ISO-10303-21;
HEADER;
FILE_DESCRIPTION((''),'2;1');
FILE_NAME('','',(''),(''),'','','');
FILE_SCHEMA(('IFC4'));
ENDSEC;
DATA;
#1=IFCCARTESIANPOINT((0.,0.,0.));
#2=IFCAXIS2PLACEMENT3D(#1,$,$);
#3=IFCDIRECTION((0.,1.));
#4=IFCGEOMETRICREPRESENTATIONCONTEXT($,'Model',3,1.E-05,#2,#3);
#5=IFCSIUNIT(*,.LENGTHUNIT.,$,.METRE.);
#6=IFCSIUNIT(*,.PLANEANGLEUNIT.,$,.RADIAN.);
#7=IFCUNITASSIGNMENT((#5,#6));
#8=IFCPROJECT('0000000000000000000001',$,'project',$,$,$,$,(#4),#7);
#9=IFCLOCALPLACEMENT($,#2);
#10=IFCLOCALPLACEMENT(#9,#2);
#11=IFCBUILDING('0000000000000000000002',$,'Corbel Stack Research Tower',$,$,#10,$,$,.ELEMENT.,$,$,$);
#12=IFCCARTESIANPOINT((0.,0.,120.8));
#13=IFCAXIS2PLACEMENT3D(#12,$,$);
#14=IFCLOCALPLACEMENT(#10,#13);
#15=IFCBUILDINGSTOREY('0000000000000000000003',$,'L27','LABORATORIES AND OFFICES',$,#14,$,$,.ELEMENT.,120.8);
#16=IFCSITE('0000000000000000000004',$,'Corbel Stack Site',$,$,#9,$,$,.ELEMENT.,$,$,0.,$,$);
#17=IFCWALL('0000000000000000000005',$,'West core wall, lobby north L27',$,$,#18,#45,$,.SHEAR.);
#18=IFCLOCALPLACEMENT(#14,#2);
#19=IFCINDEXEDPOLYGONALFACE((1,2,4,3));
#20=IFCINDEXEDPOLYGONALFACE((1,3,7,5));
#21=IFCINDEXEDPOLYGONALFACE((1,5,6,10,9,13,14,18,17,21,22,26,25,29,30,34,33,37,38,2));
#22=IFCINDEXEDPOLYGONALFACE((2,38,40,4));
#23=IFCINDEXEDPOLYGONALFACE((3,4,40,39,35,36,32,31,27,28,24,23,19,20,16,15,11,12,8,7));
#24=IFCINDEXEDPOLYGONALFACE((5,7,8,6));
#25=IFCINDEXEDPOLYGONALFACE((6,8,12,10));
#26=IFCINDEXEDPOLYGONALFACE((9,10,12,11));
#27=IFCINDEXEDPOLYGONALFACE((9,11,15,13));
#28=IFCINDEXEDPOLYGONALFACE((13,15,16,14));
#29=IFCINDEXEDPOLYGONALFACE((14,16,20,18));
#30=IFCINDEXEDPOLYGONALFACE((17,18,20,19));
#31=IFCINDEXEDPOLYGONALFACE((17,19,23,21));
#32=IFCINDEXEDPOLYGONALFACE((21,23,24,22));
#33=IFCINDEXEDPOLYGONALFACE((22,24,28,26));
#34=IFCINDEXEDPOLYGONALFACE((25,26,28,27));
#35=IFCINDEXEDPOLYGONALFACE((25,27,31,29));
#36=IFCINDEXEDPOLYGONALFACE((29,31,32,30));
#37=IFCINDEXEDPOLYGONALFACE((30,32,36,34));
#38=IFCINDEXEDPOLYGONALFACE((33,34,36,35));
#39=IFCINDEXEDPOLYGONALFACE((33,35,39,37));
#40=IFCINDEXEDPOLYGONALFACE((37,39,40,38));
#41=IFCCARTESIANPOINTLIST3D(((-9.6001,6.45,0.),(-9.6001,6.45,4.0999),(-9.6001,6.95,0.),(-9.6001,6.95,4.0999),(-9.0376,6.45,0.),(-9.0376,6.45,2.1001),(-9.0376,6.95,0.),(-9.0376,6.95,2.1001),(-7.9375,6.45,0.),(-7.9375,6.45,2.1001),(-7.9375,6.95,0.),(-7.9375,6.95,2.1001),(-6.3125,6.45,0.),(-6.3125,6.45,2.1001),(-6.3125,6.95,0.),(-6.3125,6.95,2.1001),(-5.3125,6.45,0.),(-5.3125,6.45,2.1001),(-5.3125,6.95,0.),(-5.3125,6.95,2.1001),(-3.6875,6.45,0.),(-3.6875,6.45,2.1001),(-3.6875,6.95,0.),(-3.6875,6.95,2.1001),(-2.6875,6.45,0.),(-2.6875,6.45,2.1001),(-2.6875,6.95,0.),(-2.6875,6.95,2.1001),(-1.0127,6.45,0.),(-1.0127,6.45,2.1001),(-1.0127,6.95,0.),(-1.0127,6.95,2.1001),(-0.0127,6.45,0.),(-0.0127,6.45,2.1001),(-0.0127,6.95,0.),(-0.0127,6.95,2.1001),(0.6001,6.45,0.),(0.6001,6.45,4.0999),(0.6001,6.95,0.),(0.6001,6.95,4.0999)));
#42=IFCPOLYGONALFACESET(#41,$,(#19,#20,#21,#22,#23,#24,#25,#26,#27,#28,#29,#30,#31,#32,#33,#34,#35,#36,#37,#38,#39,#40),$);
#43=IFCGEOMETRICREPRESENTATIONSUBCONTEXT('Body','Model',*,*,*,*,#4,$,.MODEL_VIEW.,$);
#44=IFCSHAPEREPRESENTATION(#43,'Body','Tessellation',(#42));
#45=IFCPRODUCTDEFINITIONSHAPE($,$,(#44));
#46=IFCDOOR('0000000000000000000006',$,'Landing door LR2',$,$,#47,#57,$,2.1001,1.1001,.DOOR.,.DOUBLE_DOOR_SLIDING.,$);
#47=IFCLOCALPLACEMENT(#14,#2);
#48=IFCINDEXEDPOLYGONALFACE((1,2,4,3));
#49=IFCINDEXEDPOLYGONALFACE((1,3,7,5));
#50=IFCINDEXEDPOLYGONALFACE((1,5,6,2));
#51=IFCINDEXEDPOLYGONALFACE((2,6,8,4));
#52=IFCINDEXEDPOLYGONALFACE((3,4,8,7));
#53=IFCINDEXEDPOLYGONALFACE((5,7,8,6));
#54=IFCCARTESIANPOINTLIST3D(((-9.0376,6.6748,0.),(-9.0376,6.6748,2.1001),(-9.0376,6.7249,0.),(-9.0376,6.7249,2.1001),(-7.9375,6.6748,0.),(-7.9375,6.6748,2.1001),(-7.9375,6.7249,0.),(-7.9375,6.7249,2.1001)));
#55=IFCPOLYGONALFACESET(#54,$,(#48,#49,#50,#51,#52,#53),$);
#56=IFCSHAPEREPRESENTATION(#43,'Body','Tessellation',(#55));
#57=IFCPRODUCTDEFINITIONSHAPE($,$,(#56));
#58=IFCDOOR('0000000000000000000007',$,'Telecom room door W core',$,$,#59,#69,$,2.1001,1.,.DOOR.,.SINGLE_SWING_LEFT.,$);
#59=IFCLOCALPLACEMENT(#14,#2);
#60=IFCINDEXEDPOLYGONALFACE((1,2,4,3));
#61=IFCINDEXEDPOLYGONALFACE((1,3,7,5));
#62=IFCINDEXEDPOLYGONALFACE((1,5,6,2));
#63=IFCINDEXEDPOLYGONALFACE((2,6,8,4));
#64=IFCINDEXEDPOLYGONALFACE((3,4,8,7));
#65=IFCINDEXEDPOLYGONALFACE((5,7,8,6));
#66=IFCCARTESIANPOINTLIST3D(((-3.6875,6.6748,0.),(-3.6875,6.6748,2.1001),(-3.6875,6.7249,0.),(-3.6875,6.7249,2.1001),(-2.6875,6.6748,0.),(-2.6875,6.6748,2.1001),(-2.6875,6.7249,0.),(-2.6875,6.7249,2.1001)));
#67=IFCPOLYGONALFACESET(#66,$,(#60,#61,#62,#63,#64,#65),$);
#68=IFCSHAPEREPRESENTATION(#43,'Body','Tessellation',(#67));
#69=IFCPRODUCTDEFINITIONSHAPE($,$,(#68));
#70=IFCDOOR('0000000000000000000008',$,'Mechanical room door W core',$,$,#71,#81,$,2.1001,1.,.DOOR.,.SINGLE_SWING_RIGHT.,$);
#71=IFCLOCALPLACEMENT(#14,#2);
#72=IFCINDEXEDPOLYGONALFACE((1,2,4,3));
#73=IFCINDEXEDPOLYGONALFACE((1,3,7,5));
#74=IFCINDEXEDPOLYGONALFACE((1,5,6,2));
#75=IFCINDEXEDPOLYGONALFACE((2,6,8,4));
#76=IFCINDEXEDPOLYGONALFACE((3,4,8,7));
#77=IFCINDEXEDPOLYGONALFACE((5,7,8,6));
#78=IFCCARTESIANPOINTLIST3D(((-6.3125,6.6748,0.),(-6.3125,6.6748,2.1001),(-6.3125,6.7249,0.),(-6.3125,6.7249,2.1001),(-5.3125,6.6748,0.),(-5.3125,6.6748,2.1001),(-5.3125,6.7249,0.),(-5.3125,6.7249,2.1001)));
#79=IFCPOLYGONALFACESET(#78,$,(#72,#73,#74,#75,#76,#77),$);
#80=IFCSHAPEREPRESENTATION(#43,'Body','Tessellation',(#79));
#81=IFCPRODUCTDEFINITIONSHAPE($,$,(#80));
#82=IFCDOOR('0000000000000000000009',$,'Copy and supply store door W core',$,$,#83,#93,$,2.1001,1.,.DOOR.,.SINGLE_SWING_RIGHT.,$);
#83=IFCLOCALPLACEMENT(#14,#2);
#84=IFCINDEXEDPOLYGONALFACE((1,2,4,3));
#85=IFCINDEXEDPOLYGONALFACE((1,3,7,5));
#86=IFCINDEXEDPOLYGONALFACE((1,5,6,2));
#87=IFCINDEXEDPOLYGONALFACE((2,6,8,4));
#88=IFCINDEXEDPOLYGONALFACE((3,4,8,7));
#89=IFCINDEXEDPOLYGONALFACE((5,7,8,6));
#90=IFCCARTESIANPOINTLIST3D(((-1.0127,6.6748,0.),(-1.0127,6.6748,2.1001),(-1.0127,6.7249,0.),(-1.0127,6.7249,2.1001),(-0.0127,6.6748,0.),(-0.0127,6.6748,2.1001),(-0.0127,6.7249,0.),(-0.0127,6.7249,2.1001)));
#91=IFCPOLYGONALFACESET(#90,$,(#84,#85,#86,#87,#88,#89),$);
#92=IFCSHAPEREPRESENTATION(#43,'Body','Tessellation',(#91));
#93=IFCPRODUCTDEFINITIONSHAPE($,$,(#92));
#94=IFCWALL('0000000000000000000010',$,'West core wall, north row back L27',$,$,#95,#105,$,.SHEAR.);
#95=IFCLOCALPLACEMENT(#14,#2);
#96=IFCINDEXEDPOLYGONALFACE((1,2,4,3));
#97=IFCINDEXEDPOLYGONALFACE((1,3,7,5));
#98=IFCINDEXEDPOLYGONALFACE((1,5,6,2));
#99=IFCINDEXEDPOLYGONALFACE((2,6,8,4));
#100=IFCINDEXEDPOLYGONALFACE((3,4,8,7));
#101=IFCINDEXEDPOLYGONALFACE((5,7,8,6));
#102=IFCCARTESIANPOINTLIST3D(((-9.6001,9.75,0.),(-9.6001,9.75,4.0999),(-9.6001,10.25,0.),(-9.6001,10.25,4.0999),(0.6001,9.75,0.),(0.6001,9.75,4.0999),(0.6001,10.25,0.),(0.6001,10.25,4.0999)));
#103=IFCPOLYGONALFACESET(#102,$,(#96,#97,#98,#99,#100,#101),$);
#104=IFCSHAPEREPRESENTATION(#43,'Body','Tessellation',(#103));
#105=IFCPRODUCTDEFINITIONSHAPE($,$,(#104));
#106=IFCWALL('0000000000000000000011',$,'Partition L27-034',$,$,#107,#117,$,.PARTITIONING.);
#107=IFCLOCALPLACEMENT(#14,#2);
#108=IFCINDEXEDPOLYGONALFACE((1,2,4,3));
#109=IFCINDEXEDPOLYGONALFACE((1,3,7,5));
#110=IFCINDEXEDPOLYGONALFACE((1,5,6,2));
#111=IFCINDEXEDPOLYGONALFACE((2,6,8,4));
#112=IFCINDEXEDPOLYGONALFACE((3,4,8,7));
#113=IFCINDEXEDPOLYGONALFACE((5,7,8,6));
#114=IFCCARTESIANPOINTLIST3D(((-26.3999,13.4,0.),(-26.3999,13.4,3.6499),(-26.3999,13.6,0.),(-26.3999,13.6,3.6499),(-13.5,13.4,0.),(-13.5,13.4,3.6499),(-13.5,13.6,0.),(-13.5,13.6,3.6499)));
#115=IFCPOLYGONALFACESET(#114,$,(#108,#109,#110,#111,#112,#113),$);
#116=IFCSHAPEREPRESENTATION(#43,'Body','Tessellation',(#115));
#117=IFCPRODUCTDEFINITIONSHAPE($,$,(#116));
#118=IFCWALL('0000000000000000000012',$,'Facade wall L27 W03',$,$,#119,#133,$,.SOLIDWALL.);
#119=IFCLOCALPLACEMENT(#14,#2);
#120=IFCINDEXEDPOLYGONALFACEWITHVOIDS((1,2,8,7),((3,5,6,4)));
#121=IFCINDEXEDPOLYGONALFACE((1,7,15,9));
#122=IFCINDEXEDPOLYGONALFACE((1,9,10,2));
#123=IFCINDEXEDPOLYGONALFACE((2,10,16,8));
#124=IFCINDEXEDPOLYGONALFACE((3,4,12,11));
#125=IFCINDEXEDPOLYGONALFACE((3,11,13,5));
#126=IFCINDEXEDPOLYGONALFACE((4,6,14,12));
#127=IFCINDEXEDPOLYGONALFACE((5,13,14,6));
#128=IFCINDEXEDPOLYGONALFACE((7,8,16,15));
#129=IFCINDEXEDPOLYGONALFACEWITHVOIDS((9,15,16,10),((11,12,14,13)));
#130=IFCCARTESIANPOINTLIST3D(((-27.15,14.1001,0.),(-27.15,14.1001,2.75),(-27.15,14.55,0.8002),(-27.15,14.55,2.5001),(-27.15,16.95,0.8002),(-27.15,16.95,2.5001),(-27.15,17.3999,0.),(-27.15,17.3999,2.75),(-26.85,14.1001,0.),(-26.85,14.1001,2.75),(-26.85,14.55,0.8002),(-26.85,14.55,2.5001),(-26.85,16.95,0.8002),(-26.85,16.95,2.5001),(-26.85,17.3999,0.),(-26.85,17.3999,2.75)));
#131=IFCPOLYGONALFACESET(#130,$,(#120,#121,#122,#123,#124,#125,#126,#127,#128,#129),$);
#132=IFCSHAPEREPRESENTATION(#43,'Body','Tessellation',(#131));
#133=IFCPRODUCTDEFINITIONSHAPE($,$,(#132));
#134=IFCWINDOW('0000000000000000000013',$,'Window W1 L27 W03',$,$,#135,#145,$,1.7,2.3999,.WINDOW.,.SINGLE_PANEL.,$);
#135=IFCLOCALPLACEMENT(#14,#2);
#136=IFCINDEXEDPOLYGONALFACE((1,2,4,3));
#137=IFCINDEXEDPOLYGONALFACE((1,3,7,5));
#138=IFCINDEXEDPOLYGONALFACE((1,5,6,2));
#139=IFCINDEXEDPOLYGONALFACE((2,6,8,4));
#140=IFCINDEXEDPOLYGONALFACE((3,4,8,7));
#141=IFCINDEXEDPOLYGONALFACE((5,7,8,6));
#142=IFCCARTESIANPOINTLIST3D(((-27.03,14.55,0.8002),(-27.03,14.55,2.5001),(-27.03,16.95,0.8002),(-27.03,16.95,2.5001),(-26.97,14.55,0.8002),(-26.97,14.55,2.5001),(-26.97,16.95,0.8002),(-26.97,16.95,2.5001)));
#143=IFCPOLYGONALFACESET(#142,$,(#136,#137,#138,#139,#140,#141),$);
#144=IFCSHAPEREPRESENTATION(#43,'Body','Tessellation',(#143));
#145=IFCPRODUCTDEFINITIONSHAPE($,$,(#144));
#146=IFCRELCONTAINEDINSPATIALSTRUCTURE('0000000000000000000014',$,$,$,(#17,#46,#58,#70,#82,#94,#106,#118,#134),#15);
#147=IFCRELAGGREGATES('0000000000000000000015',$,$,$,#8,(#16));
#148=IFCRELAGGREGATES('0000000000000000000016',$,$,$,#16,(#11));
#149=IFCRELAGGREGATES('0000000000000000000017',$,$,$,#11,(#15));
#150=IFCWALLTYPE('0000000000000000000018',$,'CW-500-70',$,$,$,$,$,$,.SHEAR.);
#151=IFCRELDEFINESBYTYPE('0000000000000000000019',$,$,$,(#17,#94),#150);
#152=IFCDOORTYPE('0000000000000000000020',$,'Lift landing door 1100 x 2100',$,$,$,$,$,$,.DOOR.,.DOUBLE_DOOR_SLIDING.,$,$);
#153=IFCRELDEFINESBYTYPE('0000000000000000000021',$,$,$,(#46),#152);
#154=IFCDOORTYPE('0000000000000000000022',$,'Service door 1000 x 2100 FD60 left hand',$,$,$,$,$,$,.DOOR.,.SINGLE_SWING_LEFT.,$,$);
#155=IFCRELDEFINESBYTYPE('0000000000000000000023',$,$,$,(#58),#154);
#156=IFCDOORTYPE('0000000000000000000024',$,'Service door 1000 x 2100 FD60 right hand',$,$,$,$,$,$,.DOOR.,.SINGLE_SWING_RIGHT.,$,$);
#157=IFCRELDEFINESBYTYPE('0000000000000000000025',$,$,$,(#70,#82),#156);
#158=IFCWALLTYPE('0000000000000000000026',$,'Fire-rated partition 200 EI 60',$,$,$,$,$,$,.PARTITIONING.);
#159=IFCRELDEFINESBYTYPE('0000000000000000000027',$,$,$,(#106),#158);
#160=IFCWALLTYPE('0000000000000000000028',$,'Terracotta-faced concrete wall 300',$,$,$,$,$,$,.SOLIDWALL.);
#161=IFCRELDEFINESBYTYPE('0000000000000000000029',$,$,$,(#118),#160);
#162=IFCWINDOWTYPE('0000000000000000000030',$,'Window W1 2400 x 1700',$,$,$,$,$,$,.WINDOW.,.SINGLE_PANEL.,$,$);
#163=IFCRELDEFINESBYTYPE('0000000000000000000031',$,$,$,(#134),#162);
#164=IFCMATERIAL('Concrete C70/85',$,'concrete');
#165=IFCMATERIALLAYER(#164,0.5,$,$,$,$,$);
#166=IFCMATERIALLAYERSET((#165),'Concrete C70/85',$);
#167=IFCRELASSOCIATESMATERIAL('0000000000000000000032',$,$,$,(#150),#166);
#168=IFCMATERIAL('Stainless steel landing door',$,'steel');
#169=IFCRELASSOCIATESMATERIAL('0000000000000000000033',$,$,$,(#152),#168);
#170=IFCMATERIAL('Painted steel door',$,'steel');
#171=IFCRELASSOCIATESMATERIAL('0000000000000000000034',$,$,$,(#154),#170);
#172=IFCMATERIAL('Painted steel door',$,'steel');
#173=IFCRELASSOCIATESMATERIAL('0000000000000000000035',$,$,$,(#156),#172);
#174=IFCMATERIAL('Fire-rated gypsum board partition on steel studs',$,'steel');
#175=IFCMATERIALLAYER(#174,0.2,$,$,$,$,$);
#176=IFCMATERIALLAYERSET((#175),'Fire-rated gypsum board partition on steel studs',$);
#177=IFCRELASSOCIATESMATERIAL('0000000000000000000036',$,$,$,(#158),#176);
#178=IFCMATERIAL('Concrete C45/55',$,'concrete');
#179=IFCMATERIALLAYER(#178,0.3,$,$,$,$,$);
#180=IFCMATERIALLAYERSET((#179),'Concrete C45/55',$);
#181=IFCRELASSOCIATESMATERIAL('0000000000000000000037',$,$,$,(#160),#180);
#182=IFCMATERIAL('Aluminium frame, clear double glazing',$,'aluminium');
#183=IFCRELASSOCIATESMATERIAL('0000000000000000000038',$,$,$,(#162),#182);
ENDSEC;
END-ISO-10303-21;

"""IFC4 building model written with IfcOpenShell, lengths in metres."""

from ifc_helpers import new_model, si_unit, direction, frame, frame_2d, origin, place, context, subcontext, project, spatial, rectangle, extrude, material, layer, layer_set, type_object, element, fill, save


model = new_model("IFC4")

# Units and contexts
model_context = context("Model", 3, precision=1e-05, world=origin(), true_north=direction((0.0, 1.0)))
body_context = subcontext(model_context, "Body", "Model", "MODEL_VIEW")
ifc_project = project(units=[si_unit("LENGTHUNIT", "METRE"), si_unit("PLANEANGLEUNIT", "RADIAN")], contexts=[model_context])

# Site, building, storey
site_placement = place(None, origin())
site = spatial("IfcSite", under=ifc_project, at=site_placement, Name="Corbel Stack Site", CompositionType="ELEMENT", RefElevation=0.0)
building_placement = place(site_placement, origin())
building = spatial("IfcBuilding", under=site, at=building_placement, Name="Corbel Stack Research Tower", CompositionType="ELEMENT")
storey_placement = place(building_placement, frame((0.0, 0.0, 120.8)))
storey = spatial("IfcBuildingStorey", under=building, at=storey_placement, Name="L27", Description="LABORATORIES AND OFFICES", CompositionType="ELEMENT", Elevation=120.8)

# Wall, openings, doors
ifc_material_1 = material(Name="Concrete C70/85", Category="concrete")
ifc_layer_1 = layer(ifc_material_1, 0.5)
ifc_layer_set_1 = layer_set([ifc_layer_1], Name="Concrete C70/85")
wall_type_1 = type_object("IfcWallType", Name="CW-500-70", PredefinedType="SHEAR", material=ifc_layer_set_1)
ifc_material_2 = material(Name="Stainless steel landing door", Category="steel")
door_type_1 = type_object("IfcDoorType", Name="Lift landing door 1100 x 2100", OperationType="DOUBLE_DOOR_SLIDING", PredefinedType="DOOR", material=ifc_material_2)
wall_1_placement = place(storey_placement, frame((-9.6001, 6.7, 0.0), z_axis=(0.0, 0.0, 1.0), x_axis=(1.0, 0.0, 0.0)))
wall_1 = element("IfcWall", 1, at=wall_1_placement, inside=storey, type_object=wall_type_1, Name="West core wall, lobby north L27", PredefinedType="SHEAR", context=body_context, shape_type="SweptSolid", body=[
    extrude(rectangle(XDim=10.2002, YDim=0.5, at=frame_2d((5.1001, 0.0))), origin(), (0.0, 0.0, 1.0), 4.0999),
])
opening_1_placement = place(wall_1_placement, frame((0.5625, 0.0, 0.0)))
opening_1 = element("IfcOpeningElement", 2, at=opening_1_placement, cuts=wall_1, PredefinedType="OPENING", context=body_context, shape_type="SweptSolid", body=[
    extrude(rectangle(XDim=1.1001, YDim=2.1001, at=frame_2d((0.55, 1.05))), frame((0.0, 0.26, 0.0), z_axis=(0.0, -1.0, 0.0), x_axis=(1.0, 0.0, 0.0)), (0.0, 0.0, 1.0), 0.52),
])
opening_2_placement = place(wall_1_placement, frame((3.2876, 0.0, 0.0)))
opening_2 = element("IfcOpeningElement", 3, at=opening_2_placement, cuts=wall_1, PredefinedType="OPENING", context=body_context, shape_type="SweptSolid", body=[
    extrude(rectangle(XDim=1.0, YDim=2.1001, at=frame_2d((0.5, 1.05))), frame((0.0, 0.26, 0.0), z_axis=(0.0, -1.0, 0.0), x_axis=(1.0, 0.0, 0.0)), (0.0, 0.0, 1.0), 0.52),
])
opening_3_placement = place(wall_1_placement, frame((5.9126, 0.0, 0.0)))
opening_3 = element("IfcOpeningElement", 4, at=opening_3_placement, cuts=wall_1, PredefinedType="OPENING", context=body_context, shape_type="SweptSolid", body=[
    extrude(rectangle(XDim=1.0, YDim=2.1001, at=frame_2d((0.5, 1.05))), frame((0.0, 0.26, 0.0), z_axis=(0.0, -1.0, 0.0), x_axis=(1.0, 0.0, 0.0)), (0.0, 0.0, 1.0), 0.52),
])
opening_4_placement = place(wall_1_placement, frame((8.5874, 0.0, 0.0)))
opening_4 = element("IfcOpeningElement", 5, at=opening_4_placement, cuts=wall_1, PredefinedType="OPENING", context=body_context, shape_type="SweptSolid", body=[
    extrude(rectangle(XDim=1.0, YDim=2.1001, at=frame_2d((0.5, 1.05))), frame((0.0, 0.26, 0.0), z_axis=(0.0, -1.0, 0.0), x_axis=(1.0, 0.0, 0.0)), (0.0, 0.0, 1.0), 0.52),
])
door_1_placement = place(opening_1_placement, origin())
door_1 = element("IfcDoor", 6, at=door_1_placement, inside=storey, type_object=door_type_1, Name="Landing door LR2", OperationType="DOUBLE_DOOR_SLIDING", OverallHeight=2.1001, OverallWidth=1.1001, PredefinedType="DOOR", context=body_context, shape_type="SweptSolid", body=[
    extrude(rectangle(XDim=1.1001, YDim=2.1001, at=frame_2d((0.55, 1.05))), frame((0.0, 0.0249, 0.0), z_axis=(0.0, -1.0, 0.0), x_axis=(1.0, 0.0, 0.0)), (0.0, 0.0, 1.0), 0.05),
])
fill(opening_1, door_1)
ifc_material_3 = material(Name="Painted steel door", Category="steel")
door_type_2 = type_object("IfcDoorType", Name="Service door 1000 x 2100 FD60 left hand", OperationType="SINGLE_SWING_LEFT", PredefinedType="DOOR", material=ifc_material_3)
door_2_placement = place(opening_3_placement, origin())
door_2 = element("IfcDoor", 7, at=door_2_placement, inside=storey, type_object=door_type_2, Name="Telecom room door W core", OperationType="SINGLE_SWING_LEFT", OverallHeight=2.1001, OverallWidth=1.0, PredefinedType="DOOR", context=body_context, shape_type="SweptSolid", body=[
    extrude(rectangle(XDim=1.0, YDim=2.1001, at=frame_2d((0.5, 1.05))), frame((0.0, 0.0249, 0.0), z_axis=(0.0, -1.0, 0.0), x_axis=(1.0, 0.0, 0.0)), (0.0, 0.0, 1.0), 0.05),
])
fill(opening_3, door_2)
ifc_material_4 = material(Name="Painted steel door", Category="steel")
door_type_3 = type_object("IfcDoorType", Name="Service door 1000 x 2100 FD60 right hand", OperationType="SINGLE_SWING_RIGHT", PredefinedType="DOOR", material=ifc_material_4)
door_3_placement = place(opening_2_placement, origin())
door_3 = element("IfcDoor", 8, at=door_3_placement, inside=storey, type_object=door_type_3, Name="Mechanical room door W core", OperationType="SINGLE_SWING_RIGHT", OverallHeight=2.1001, OverallWidth=1.0, PredefinedType="DOOR", context=body_context, shape_type="SweptSolid", body=[
    extrude(rectangle(XDim=1.0, YDim=2.1001, at=frame_2d((0.5, 1.05))), frame((0.0, 0.0249, 0.0), z_axis=(0.0, -1.0, 0.0), x_axis=(1.0, 0.0, 0.0)), (0.0, 0.0, 1.0), 0.05),
])
fill(opening_2, door_3)
door_4_placement = place(opening_4_placement, origin())
door_4 = element("IfcDoor", 9, at=door_4_placement, inside=storey, type_object=door_type_3, Name="Copy and supply store door W core", OperationType="SINGLE_SWING_RIGHT", OverallHeight=2.1001, OverallWidth=1.0, PredefinedType="DOOR", context=body_context, shape_type="SweptSolid", body=[
    extrude(rectangle(XDim=1.0, YDim=2.1001, at=frame_2d((0.5, 1.05))), frame((0.0, 0.0249, 0.0), z_axis=(0.0, -1.0, 0.0), x_axis=(1.0, 0.0, 0.0)), (0.0, 0.0, 1.0), 0.05),
])
fill(opening_4, door_4)

# Walls
wall_2_placement = place(storey_placement, frame((-9.6001, 10.0, 0.0), z_axis=(0.0, 0.0, 1.0), x_axis=(1.0, 0.0, 0.0)))
element("IfcWall", 10, at=wall_2_placement, inside=storey, type_object=wall_type_1, Name="West core wall, north row back L27", PredefinedType="SHEAR", context=body_context, shape_type="SweptSolid", body=[
    extrude(rectangle(XDim=10.2002, YDim=0.5, at=frame_2d((5.1001, 0.0))), origin(), (0.0, 0.0, 1.0), 4.0999),
])
ifc_material_5 = material(Name="Fire-rated gypsum board partition on steel studs", Category="steel")
ifc_layer_2 = layer(ifc_material_5, 0.2)
ifc_layer_set_2 = layer_set([ifc_layer_2], Name="Fire-rated gypsum board partition on steel studs")
wall_type_2 = type_object("IfcWallType", Name="Fire-rated partition 200 EI 60", PredefinedType="PARTITIONING", material=ifc_layer_set_2)
wall_3_placement = place(storey_placement, frame((-26.3999, 13.5, 0.0), z_axis=(0.0, 0.0, 1.0), x_axis=(1.0, 0.0, 0.0)))
element("IfcWall", 11, at=wall_3_placement, inside=storey, type_object=wall_type_2, Name="Partition L27-034", PredefinedType="PARTITIONING", context=body_context, shape_type="SweptSolid", body=[
    extrude(rectangle(XDim=12.8999, YDim=0.2, at=frame_2d((6.45, 0.0))), origin(), (0.0, 0.0, 1.0), 3.6499),
])

# Wall, opening, window
ifc_material_6 = material(Name="Concrete C45/55", Category="concrete")
ifc_layer_3 = layer(ifc_material_6, 0.3)
ifc_layer_set_3 = layer_set([ifc_layer_3], Name="Concrete C45/55")
wall_type_3 = type_object("IfcWallType", Name="Terracotta-faced concrete wall 300", PredefinedType="SOLIDWALL", material=ifc_layer_set_3)
wall_4_placement = place(storey_placement, frame((-27.0, 14.1001, 0.0), z_axis=(0.0, 0.0, 1.0), x_axis=(0.0, 1.0, 0.0)))
wall_4 = element("IfcWall", 12, at=wall_4_placement, inside=storey, type_object=wall_type_3, Name="Facade wall L27 W03", PredefinedType="SOLIDWALL", context=body_context, shape_type="SweptSolid", body=[
    extrude(rectangle(XDim=3.2998, YDim=0.3, at=frame_2d((1.6499, 0.0))), origin(), (0.0, 0.0, 1.0), 2.75),
])
opening_5_placement = place(wall_4_placement, frame((0.45, 0.0, 0.8)))
opening_5 = element("IfcOpeningElement", 13, at=opening_5_placement, cuts=wall_4, PredefinedType="OPENING", context=body_context, shape_type="SweptSolid", body=[
    extrude(rectangle(XDim=2.3999, YDim=1.7, at=frame_2d((1.2, 0.8501))), frame((0.0, 0.1599, 0.0), z_axis=(0.0, -1.0, 0.0), x_axis=(1.0, 0.0, 0.0)), (0.0, 0.0, 1.0), 0.3201),
])
ifc_material_7 = material(Name="Aluminium frame, clear double glazing", Category="aluminium")
window_type = type_object("IfcWindowType", Name="Window W1 2400 x 1700", PartitioningType="SINGLE_PANEL", PredefinedType="WINDOW", material=ifc_material_7)
window_placement = place(opening_5_placement, origin())
window = element("IfcWindow", 14, at=window_placement, inside=storey, type_object=window_type, Name="Window W1 L27 W03", OverallHeight=1.7, OverallWidth=2.3999, PartitioningType="SINGLE_PANEL", PredefinedType="WINDOW", context=body_context, shape_type="SweptSolid", body=[
    extrude(rectangle(XDim=2.3999, YDim=1.7, at=frame_2d((1.2, 0.8501))), frame((0.0, 0.03, 0.0), z_axis=(0.0, -1.0, 0.0), x_axis=(1.0, 0.0, 0.0)), (0.0, 0.0, 1.0), 0.0601),
])
fill(opening_5, window)

save(model, "model.ifc")
